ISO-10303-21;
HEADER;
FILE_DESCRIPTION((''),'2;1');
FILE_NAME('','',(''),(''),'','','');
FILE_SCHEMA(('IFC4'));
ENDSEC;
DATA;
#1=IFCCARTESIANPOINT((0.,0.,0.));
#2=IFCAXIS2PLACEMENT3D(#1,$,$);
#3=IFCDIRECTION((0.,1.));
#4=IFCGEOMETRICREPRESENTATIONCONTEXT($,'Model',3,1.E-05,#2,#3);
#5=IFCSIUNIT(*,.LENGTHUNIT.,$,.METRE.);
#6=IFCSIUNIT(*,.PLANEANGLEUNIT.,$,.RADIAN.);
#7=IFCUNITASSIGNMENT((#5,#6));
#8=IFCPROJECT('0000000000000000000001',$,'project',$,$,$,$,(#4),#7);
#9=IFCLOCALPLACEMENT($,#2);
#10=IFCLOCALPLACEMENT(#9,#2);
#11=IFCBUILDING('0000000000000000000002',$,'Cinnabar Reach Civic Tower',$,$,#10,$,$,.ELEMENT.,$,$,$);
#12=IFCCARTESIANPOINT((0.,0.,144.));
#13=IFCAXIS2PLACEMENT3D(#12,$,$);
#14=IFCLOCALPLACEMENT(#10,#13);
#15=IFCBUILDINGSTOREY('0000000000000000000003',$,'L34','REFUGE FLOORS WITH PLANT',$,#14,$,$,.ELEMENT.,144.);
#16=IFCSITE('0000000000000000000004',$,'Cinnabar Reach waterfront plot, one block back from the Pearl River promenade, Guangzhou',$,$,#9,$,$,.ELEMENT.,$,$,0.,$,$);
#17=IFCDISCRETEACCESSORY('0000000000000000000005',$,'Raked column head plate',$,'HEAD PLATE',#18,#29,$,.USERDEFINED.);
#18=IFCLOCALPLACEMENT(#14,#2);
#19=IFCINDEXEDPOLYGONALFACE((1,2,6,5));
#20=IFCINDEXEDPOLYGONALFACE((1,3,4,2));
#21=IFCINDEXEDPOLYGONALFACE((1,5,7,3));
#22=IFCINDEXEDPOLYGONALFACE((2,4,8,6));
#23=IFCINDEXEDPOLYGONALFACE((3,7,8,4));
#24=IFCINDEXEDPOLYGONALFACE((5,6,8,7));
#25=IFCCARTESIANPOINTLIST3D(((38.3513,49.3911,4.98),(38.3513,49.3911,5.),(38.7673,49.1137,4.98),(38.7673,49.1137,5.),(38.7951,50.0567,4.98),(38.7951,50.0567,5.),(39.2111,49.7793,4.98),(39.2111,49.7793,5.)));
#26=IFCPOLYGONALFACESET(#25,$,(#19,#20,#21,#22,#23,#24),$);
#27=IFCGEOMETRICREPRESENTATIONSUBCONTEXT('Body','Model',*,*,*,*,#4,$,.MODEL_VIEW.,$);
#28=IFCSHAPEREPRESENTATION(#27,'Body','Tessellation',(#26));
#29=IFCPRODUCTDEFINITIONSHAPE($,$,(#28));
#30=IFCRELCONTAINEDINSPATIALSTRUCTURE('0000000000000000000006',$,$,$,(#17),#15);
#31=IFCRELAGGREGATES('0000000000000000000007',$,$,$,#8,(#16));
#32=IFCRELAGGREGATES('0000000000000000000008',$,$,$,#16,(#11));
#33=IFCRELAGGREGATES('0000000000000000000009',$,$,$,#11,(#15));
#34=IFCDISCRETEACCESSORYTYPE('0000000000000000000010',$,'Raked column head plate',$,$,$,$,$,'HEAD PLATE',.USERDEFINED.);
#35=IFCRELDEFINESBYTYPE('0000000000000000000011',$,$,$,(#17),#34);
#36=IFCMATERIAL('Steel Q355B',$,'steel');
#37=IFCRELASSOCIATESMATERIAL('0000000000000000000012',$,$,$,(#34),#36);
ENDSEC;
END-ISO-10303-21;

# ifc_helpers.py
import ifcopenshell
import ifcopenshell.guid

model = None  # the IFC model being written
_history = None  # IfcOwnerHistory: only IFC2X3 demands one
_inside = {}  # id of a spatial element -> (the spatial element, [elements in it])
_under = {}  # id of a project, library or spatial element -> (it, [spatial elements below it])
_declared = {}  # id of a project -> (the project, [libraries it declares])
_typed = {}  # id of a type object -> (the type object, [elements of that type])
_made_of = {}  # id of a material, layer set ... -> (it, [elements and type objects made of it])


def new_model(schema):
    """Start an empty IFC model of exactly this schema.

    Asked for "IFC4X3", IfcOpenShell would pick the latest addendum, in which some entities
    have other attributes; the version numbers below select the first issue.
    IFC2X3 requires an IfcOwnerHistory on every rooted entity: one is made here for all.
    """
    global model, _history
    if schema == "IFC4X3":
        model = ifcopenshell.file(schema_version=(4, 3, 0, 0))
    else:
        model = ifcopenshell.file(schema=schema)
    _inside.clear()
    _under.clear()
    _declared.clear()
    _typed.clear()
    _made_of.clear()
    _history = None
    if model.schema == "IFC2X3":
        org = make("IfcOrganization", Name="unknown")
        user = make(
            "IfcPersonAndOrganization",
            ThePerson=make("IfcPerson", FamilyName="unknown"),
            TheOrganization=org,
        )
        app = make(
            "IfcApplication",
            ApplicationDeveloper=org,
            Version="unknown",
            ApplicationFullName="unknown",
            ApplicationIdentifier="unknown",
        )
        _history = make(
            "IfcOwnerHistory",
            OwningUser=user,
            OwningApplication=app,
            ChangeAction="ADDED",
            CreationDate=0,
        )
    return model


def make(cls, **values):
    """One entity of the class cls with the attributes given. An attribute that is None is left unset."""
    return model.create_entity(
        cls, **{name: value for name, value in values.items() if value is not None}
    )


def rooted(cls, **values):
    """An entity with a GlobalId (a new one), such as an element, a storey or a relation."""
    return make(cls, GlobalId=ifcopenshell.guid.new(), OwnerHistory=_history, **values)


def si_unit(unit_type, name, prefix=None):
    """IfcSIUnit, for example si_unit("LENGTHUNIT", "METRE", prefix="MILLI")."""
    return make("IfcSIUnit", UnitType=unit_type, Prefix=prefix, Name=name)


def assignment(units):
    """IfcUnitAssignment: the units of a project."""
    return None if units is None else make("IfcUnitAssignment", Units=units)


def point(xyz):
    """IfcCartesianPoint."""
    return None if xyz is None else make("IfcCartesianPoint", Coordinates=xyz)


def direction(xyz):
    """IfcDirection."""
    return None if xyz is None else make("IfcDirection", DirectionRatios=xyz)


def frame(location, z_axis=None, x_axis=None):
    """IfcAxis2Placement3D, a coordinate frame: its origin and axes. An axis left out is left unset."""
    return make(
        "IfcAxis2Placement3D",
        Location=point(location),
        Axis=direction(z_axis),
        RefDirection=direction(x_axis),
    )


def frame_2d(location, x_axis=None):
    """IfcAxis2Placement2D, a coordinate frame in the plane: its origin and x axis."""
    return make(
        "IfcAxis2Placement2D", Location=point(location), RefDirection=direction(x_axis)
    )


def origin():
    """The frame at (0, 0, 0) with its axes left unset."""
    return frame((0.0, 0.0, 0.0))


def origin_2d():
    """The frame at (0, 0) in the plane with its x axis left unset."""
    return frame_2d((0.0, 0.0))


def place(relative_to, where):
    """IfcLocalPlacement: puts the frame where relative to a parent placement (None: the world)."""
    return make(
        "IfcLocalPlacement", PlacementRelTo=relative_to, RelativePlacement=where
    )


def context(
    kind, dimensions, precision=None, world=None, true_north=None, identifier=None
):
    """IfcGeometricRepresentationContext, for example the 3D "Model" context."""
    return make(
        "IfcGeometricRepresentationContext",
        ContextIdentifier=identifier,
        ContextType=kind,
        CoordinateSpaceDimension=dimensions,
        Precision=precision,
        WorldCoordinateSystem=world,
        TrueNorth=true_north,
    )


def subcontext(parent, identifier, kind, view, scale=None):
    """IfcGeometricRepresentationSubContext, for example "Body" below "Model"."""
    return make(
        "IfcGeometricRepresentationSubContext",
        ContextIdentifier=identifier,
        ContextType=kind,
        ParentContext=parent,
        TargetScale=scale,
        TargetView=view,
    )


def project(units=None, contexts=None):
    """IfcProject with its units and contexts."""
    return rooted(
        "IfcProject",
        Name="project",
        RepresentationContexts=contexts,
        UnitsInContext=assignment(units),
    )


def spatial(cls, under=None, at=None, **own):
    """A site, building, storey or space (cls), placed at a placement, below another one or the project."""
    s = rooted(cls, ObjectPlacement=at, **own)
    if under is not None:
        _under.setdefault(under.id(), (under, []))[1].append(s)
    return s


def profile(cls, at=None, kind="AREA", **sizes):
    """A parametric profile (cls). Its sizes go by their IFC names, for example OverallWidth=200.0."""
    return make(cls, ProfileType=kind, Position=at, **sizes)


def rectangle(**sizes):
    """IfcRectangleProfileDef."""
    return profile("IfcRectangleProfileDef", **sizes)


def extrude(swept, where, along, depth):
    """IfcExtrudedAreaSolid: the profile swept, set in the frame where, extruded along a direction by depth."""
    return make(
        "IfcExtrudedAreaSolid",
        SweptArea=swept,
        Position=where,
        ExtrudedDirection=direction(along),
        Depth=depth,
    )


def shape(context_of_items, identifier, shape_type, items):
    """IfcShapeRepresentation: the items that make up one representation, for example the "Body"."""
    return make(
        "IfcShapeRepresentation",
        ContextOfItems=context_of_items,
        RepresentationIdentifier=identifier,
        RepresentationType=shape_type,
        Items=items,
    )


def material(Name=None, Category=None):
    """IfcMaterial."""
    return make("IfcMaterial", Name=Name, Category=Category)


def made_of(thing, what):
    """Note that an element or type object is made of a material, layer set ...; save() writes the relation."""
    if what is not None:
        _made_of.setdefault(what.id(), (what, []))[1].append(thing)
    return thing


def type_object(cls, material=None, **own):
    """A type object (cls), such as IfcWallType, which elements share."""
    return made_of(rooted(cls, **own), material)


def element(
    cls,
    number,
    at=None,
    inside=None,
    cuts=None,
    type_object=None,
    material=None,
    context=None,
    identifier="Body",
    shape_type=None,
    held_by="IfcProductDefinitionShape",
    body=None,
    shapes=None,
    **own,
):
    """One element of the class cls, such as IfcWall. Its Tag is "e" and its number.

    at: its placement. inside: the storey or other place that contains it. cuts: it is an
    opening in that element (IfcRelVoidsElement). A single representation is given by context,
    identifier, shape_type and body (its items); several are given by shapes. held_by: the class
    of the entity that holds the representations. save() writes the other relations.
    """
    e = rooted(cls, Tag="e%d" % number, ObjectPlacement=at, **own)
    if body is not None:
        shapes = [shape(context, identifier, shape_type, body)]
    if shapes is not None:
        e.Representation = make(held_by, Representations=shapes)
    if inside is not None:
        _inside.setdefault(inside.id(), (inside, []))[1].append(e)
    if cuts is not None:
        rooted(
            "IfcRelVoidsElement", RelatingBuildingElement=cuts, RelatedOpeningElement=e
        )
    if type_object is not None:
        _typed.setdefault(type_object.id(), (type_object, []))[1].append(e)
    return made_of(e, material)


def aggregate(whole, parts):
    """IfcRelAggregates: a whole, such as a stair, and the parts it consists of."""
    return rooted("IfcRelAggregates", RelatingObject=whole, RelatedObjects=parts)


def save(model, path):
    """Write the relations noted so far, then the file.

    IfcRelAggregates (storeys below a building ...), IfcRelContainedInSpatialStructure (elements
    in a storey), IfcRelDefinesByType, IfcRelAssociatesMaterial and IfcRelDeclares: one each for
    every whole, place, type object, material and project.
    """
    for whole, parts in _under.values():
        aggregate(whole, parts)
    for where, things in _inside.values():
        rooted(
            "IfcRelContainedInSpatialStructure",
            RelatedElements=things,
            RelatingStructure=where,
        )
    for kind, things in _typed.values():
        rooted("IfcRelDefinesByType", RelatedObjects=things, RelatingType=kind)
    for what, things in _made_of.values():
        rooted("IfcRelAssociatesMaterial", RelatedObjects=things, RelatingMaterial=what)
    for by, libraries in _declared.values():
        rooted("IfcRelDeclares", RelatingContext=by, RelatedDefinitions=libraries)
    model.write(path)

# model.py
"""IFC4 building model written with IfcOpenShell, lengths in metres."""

from ifc_helpers import new_model, si_unit, direction, frame, origin, origin_2d, place, context, subcontext, project, spatial, rectangle, extrude, material, type_object, element, save


model = new_model("IFC4")

# Units and contexts
model_context = context("Model", 3, precision=1e-05, world=origin(), true_north=direction((0.0, 1.0)))
body_context = subcontext(model_context, "Body", "Model", "MODEL_VIEW")
ifc_project = project(units=[si_unit("LENGTHUNIT", "METRE"), si_unit("PLANEANGLEUNIT", "RADIAN")], contexts=[model_context])

# Site, building, storey
site_placement = place(None, origin())
site = spatial("IfcSite", under=ifc_project, at=site_placement, Name="Cinnabar Reach waterfront plot, one block back from the Pearl River promenade, Guangzhou", CompositionType="ELEMENT", RefElevation=0.0)
building_placement = place(site_placement, origin())
building = spatial("IfcBuilding", under=site, at=building_placement, Name="Cinnabar Reach Civic Tower", CompositionType="ELEMENT")
storey_placement = place(building_placement, frame((0.0, 0.0, 144.0)))
storey = spatial("IfcBuildingStorey", under=building, at=storey_placement, Name="L34", Description="REFUGE FLOORS WITH PLANT", CompositionType="ELEMENT", Elevation=144.0)

# Shared definitions
ifc_material_1 = material(Name="Steel Q355B", Category="steel")

# Discrete accessory
discrete_accessory_type = type_object("IfcDiscreteAccessoryType", Name="Raked column head plate", ElementType="HEAD PLATE", PredefinedType="USERDEFINED", material=ifc_material_1)
discrete_accessory_placement = place(storey_placement, frame((38.7812, 49.5852, 4.98), z_axis=(0.0, 0.0, 1.0), x_axis=(-0.832051, 0.554699, 0.0)))
element("IfcDiscreteAccessory", 1, at=discrete_accessory_placement, inside=storey, type_object=discrete_accessory_type, Name="Raked column head plate", ObjectType="HEAD PLATE", PredefinedType="USERDEFINED", context=body_context, shape_type="SweptSolid", body=[
    extrude(rectangle(XDim=0.5, YDim=0.8, at=origin_2d()), origin(), (0.0, 0.0, 1.0), 0.02),
])

save(model, "model.ifc")
